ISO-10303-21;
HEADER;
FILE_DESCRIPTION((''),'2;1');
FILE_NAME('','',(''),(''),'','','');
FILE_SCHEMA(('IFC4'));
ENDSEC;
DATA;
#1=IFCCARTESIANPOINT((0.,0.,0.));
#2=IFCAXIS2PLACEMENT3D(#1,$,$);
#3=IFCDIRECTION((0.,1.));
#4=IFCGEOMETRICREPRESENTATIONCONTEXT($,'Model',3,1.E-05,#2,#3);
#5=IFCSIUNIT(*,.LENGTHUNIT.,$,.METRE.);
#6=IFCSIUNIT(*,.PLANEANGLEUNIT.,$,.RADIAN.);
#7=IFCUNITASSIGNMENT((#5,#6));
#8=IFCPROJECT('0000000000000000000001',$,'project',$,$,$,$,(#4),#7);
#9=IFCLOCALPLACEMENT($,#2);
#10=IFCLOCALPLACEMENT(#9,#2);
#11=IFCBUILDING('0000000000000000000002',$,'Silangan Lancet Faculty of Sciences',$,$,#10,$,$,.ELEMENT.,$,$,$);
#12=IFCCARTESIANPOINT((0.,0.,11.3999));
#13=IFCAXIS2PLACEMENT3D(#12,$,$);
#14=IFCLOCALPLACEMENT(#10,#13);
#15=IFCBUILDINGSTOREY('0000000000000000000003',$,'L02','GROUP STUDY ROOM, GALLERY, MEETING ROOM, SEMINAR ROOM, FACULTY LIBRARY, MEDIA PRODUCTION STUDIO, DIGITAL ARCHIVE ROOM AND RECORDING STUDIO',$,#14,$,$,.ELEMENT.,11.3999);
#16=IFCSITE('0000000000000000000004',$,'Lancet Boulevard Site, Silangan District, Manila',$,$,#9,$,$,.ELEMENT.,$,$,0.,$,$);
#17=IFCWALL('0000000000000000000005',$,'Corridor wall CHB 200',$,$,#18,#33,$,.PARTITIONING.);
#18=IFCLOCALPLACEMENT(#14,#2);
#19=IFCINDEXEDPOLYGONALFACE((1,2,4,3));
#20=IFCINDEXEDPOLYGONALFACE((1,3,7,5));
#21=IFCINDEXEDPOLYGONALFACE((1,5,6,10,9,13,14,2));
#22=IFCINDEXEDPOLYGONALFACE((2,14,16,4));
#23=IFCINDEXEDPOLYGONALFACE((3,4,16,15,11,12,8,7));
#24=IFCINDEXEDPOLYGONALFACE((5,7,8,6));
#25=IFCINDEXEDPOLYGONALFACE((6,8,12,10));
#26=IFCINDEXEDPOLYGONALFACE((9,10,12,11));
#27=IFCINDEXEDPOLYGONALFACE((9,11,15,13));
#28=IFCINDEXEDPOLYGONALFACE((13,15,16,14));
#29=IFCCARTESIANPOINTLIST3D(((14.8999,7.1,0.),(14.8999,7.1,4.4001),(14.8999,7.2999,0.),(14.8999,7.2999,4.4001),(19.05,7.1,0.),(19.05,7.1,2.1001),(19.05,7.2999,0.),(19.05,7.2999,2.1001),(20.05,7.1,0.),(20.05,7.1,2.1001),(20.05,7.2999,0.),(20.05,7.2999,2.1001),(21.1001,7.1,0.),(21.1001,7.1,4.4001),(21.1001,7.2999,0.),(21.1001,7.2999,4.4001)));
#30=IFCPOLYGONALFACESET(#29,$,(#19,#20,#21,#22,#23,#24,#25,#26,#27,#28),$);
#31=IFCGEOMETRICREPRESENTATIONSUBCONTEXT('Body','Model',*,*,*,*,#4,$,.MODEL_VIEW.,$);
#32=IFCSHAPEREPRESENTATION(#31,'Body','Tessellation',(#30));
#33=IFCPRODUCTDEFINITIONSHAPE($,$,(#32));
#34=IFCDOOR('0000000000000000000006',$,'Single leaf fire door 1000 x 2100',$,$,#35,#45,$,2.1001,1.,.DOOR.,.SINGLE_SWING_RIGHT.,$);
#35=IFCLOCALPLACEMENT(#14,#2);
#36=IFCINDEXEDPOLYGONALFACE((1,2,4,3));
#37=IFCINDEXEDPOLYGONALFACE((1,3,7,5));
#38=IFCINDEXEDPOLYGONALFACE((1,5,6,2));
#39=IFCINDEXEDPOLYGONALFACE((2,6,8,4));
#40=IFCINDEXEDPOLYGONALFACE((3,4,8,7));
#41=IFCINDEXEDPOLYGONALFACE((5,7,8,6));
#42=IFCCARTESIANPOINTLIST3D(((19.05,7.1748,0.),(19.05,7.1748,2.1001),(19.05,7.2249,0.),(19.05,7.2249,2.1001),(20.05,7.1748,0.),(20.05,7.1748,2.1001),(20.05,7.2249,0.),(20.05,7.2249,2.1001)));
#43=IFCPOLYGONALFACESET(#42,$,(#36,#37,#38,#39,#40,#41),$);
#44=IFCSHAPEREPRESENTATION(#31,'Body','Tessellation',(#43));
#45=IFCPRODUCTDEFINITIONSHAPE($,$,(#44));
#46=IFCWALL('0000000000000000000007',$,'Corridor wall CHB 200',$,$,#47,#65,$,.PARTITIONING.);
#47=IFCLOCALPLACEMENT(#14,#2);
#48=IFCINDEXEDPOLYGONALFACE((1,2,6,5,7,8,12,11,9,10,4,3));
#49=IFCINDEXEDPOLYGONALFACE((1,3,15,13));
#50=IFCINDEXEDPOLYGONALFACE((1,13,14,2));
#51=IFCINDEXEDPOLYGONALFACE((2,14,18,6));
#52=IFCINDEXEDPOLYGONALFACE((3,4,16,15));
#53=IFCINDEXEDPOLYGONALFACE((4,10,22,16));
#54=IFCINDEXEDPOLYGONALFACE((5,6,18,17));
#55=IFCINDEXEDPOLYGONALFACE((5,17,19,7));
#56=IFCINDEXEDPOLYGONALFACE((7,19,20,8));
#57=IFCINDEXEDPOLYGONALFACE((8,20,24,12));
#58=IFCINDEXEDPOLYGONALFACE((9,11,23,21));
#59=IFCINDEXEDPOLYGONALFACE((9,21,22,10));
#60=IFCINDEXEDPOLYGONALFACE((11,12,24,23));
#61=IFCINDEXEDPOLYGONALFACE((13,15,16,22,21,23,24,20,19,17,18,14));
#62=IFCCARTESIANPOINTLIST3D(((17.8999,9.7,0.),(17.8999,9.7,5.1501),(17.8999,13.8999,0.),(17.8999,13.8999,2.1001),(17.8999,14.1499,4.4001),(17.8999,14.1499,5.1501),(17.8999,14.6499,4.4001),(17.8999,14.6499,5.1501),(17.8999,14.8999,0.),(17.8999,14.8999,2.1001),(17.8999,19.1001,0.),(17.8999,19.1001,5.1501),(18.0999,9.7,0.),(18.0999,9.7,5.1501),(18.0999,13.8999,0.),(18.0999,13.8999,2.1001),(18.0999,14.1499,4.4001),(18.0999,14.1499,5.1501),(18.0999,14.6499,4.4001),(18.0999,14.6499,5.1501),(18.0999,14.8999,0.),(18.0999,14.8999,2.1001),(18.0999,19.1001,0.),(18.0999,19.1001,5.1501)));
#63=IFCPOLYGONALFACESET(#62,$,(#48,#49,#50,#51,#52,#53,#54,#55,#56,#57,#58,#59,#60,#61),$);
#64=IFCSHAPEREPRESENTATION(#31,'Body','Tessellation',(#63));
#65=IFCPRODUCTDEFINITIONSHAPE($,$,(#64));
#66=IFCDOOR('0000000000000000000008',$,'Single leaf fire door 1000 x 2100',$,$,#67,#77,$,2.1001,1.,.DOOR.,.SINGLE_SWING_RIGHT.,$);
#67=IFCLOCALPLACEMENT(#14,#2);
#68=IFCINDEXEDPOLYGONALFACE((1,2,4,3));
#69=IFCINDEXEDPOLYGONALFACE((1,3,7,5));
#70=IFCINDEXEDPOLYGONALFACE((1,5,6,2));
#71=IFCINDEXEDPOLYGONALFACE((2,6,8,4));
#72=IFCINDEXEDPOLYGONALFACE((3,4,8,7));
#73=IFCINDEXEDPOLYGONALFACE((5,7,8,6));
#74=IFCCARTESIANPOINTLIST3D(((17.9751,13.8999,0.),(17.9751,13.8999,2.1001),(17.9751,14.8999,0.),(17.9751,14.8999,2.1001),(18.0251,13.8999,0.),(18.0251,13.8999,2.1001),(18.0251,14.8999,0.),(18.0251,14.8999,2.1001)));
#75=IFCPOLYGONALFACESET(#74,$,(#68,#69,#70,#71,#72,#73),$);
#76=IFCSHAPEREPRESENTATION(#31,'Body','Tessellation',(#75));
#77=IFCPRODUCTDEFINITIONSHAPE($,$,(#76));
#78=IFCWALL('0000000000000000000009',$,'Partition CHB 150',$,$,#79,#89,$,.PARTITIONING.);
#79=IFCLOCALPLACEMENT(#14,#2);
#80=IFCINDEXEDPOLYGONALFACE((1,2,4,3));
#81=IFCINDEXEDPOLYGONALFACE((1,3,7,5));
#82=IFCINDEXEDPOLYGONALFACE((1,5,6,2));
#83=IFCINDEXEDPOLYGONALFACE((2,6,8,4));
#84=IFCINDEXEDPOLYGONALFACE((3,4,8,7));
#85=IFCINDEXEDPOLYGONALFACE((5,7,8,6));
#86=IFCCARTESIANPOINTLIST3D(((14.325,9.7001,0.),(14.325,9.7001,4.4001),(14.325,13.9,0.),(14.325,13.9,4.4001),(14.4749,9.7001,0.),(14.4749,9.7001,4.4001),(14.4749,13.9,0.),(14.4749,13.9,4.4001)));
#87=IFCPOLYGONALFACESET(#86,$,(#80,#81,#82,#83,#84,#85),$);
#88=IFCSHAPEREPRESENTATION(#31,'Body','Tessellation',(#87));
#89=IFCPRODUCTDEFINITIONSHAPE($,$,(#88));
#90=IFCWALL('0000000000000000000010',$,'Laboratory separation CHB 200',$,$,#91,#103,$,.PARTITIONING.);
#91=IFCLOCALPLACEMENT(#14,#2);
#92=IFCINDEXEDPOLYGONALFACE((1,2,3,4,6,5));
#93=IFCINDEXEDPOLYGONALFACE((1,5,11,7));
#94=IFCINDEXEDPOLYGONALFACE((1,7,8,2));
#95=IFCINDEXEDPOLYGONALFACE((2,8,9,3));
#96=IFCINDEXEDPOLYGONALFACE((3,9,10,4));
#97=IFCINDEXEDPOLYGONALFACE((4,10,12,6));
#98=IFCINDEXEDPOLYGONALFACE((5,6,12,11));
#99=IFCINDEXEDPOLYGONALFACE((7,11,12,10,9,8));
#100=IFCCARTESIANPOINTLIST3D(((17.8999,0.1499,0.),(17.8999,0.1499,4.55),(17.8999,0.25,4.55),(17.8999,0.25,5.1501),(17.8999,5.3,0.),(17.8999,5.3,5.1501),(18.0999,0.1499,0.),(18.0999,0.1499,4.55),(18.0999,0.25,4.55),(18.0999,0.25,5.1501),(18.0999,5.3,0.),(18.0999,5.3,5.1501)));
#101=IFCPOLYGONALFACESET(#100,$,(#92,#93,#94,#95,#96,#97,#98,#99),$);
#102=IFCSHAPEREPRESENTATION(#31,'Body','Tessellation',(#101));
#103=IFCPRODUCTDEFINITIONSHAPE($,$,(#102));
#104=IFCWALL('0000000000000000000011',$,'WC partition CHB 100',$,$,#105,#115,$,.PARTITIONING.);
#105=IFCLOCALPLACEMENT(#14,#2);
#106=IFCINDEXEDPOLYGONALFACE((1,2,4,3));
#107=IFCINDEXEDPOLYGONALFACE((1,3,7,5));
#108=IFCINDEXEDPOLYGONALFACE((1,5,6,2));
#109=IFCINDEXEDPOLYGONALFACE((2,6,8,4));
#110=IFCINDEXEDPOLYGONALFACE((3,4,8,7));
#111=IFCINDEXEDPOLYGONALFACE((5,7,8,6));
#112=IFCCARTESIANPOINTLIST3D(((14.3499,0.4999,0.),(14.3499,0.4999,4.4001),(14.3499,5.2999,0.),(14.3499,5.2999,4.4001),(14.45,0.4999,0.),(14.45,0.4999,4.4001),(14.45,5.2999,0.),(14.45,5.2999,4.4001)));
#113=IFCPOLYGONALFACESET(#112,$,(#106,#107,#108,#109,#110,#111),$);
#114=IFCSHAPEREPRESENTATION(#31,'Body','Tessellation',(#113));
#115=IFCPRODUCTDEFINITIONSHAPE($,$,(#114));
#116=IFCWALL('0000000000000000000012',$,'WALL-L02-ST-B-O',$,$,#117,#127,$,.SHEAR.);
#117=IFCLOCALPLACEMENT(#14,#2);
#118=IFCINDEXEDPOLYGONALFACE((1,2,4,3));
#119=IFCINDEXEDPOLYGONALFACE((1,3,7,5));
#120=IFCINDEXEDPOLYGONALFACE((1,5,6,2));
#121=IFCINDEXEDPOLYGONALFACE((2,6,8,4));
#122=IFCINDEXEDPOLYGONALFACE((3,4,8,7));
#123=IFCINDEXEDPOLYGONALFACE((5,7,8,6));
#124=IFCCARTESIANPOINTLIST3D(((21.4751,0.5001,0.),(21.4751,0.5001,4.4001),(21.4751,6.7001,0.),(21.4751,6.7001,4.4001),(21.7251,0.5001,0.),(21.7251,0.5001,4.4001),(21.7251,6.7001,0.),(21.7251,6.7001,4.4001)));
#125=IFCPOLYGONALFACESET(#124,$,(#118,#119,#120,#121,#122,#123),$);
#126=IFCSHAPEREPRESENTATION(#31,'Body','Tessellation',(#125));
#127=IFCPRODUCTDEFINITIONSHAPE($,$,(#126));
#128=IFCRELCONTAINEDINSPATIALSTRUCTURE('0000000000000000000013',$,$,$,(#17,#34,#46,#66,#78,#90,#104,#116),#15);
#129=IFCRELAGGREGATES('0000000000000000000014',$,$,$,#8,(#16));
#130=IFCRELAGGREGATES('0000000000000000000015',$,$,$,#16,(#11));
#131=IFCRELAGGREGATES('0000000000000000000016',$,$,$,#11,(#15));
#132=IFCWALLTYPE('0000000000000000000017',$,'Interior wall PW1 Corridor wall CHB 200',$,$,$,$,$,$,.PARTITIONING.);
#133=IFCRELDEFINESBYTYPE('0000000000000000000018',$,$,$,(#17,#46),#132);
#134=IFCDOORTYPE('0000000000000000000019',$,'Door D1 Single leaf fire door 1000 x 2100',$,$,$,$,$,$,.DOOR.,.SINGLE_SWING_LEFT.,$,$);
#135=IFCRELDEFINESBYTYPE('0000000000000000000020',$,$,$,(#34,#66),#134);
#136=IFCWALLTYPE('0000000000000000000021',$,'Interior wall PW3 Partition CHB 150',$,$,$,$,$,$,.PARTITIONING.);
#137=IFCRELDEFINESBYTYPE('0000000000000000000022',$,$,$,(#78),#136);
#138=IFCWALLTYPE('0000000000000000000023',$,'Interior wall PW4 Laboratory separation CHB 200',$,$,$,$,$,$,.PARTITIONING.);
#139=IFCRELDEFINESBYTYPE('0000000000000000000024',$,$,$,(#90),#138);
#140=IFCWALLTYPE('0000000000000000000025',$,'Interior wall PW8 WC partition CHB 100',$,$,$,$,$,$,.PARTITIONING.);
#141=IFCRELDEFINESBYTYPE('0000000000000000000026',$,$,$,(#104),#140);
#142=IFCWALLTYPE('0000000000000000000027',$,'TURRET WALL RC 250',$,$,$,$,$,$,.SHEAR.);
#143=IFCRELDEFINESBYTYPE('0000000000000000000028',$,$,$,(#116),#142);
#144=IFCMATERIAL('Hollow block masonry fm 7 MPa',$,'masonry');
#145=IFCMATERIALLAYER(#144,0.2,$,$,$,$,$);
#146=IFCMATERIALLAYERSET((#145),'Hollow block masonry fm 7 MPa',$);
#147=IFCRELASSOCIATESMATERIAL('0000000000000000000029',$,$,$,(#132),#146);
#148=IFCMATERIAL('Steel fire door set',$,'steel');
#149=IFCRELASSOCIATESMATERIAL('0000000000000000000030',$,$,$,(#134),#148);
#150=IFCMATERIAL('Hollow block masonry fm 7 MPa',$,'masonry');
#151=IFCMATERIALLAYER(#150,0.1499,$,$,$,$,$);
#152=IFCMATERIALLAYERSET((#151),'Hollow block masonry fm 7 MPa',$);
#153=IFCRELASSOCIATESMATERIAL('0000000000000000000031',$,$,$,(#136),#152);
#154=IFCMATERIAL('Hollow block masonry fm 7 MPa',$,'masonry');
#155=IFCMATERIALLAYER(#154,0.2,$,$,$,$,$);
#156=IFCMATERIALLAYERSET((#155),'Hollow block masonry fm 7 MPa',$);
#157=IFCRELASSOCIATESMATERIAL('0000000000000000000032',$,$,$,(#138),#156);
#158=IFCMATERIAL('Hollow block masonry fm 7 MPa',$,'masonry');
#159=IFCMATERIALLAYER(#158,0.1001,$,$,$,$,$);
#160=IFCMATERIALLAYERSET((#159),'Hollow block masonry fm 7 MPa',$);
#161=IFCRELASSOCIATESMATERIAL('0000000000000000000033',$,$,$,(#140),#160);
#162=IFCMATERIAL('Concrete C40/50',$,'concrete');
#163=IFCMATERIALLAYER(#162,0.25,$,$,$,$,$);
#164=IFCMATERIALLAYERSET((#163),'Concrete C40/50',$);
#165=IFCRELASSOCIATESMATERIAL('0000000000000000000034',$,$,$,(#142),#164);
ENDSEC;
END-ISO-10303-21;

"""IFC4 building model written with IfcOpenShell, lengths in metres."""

from ifc_helpers import new_model, si_unit, direction, frame, frame_2d, origin, place, context, subcontext, project, spatial, polyline, rectangle, outline, extrude, material, layer, layer_set, type_object, element, fill, save


model = new_model("IFC4")

# Units and contexts
model_context = context("Model", 3, precision=1e-05, world=origin(), true_north=direction((0.0, 1.0)))
body_context = subcontext(model_context, "Body", "Model", "MODEL_VIEW")
ifc_project = project(units=[si_unit("LENGTHUNIT", "METRE"), si_unit("PLANEANGLEUNIT", "RADIAN")], contexts=[model_context])

# Site, building, storey
site_placement = place(None, origin())
site = spatial("IfcSite", under=ifc_project, at=site_placement, Name="Lancet Boulevard Site, Silangan District, Manila", CompositionType="ELEMENT", RefElevation=0.0)
building_placement = place(site_placement, origin())
building = spatial("IfcBuilding", under=site, at=building_placement, Name="Silangan Lancet Faculty of Sciences", CompositionType="ELEMENT")
storey_placement = place(building_placement, frame((0.0, 0.0, 11.3999)))
storey = spatial("IfcBuildingStorey", under=building, at=storey_placement, Name="L02", Description="GROUP STUDY ROOM, GALLERY, MEETING ROOM, SEMINAR ROOM, FACULTY LIBRARY, MEDIA PRODUCTION STUDIO, DIGITAL ARCHIVE ROOM AND RECORDING STUDIO", CompositionType="ELEMENT", Elevation=11.3999)

# Walls, openings, doors
ifc_material_1 = material(Name="Hollow block masonry fm 7 MPa", Category="masonry")
ifc_layer_1 = layer(ifc_material_1, 0.2)
ifc_layer_set_1 = layer_set([ifc_layer_1], Name="Hollow block masonry fm 7 MPa")
wall_type_1 = type_object("IfcWallType", Name="Interior wall PW1 Corridor wall CHB 200", PredefinedType="PARTITIONING", material=ifc_layer_set_1)
wall_1_placement = place(storey_placement, frame((14.8999, 7.2, 0.0), z_axis=(0.0, 0.0, 1.0), x_axis=(1.0, 0.0, 0.0)))
wall_1 = element("IfcWall", 1, at=wall_1_placement, inside=storey, type_object=wall_type_1, Name="Corridor wall CHB 200", PredefinedType="PARTITIONING", context=body_context, shape_type="SweptSolid", body=[
    extrude(rectangle(XDim=6.2002, YDim=0.2, at=frame_2d((3.1001, 0.0))), origin(), (0.0, 0.0, 1.0), 4.4001),
])
opening_1_placement = place(wall_1_placement, frame((4.1501, 0.0, 0.0)))
opening_1 = element("IfcOpeningElement", 2, at=opening_1_placement, cuts=wall_1, PredefinedType="OPENING", context=body_context, shape_type="SweptSolid", body=[
    extrude(rectangle(XDim=1.0, YDim=2.1001, at=frame_2d((0.5, 1.05))), frame((0.0, 0.1099, 0.0), z_axis=(0.0, -1.0, 0.0), x_axis=(1.0, 0.0, 0.0)), (0.0, 0.0, 1.0), 0.22),
])
ifc_material_2 = material(Name="Steel fire door set", Category="steel")
door_type = type_object("IfcDoorType", Name="Door D1 Single leaf fire door 1000 x 2100", OperationType="SINGLE_SWING_LEFT", PredefinedType="DOOR", material=ifc_material_2)
door_1_placement = place(opening_1_placement, frame((1.0, 0.0, 0.0), z_axis=(0.0, 0.0, 1.0), x_axis=(-1.0, 0.0, 0.0)))
door_1 = element("IfcDoor", 3, at=door_1_placement, inside=storey, type_object=door_type, Name="Single leaf fire door 1000 x 2100", OperationType="SINGLE_SWING_RIGHT", OverallHeight=2.1001, OverallWidth=1.0, PredefinedType="DOOR", context=body_context, shape_type="SweptSolid", body=[
    extrude(rectangle(XDim=1.0, YDim=2.1001, at=frame_2d((0.5, 1.05))), frame((0.0, 0.0251, 0.0), z_axis=(0.0, -1.0, 0.0), x_axis=(1.0, 0.0, 0.0)), (0.0, 0.0, 1.0), 0.05),
])
fill(opening_1, door_1)
wall_2_placement = place(storey_placement, frame((18.0, 9.7, 0.0), z_axis=(0.0, 0.0, 1.0), x_axis=(0.0, 1.0, 0.0)))
wall_2 = element("IfcWall", 4, at=wall_2_placement, inside=storey, type_object=wall_type_1, Name="Corridor wall CHB 200", PredefinedType="PARTITIONING", context=body_context, shape_type="SweptSolid", body=[
    extrude(outline(polyline([(0.0, 0.0), (9.4001, 0.0), (9.4001, 5.1501), (4.95, 5.1501), (4.95, 4.4001), (4.45, 4.4001), (4.45, 5.1501), (0.0, 5.1501), (0.0, 0.0)])), frame((0.0, 0.1001, 0.0), z_axis=(0.0, -1.0, 0.0), x_axis=(1.0, 0.0, 0.0)), (0.0, 0.0, 1.0), 0.2),
])
opening_2_placement = place(wall_2_placement, frame((4.2, 0.0, 0.0)))
opening_2 = element("IfcOpeningElement", 5, at=opening_2_placement, cuts=wall_2, PredefinedType="OPENING", context=body_context, shape_type="SweptSolid", body=[
    extrude(rectangle(XDim=1.0, YDim=2.1001, at=frame_2d((0.5, 1.05))), frame((0.0, 0.1099, 0.0), z_axis=(0.0, -1.0, 0.0), x_axis=(1.0, 0.0, 0.0)), (0.0, 0.0, 1.0), 0.22),
])
door_2_placement = place(opening_2_placement, origin())
door_2 = element("IfcDoor", 6, at=door_2_placement, inside=storey, type_object=door_type, Name="Single leaf fire door 1000 x 2100", OperationType="SINGLE_SWING_RIGHT", OverallHeight=2.1001, OverallWidth=1.0, PredefinedType="DOOR", context=body_context, shape_type="SweptSolid", body=[
    extrude(rectangle(XDim=1.0, YDim=2.1001, at=frame_2d((0.5, 1.05))), frame((0.0, 0.0249, 0.0), z_axis=(0.0, -1.0, 0.0), x_axis=(1.0, 0.0, 0.0)), (0.0, 0.0, 1.0), 0.05),
])
fill(opening_2, door_2)

# Walls
ifc_material_3 = material(Name="Hollow block masonry fm 7 MPa", Category="masonry")
ifc_layer_2 = layer(ifc_material_3, 0.1499)
ifc_layer_set_2 = layer_set([ifc_layer_2], Name="Hollow block masonry fm 7 MPa")
wall_type_2 = type_object("IfcWallType", Name="Interior wall PW3 Partition CHB 150", PredefinedType="PARTITIONING", material=ifc_layer_set_2)
wall_3_placement = place(storey_placement, frame((14.3999, 9.7, 0.0), z_axis=(0.0, 0.0, 1.0), x_axis=(0.0, 1.0, 0.0)))
element("IfcWall", 7, at=wall_3_placement, inside=storey, type_object=wall_type_2, Name="Partition CHB 150", PredefinedType="PARTITIONING", context=body_context, shape_type="SweptSolid", body=[
    extrude(rectangle(XDim=4.2, YDim=0.1499, at=frame_2d((2.1001, 0.0))), origin(), (0.0, 0.0, 1.0), 4.4001),
])
ifc_material_4 = material(Name="Hollow block masonry fm 7 MPa", Category="masonry")
ifc_layer_3 = layer(ifc_material_4, 0.2)
ifc_layer_set_3 = layer_set([ifc_layer_3], Name="Hollow block masonry fm 7 MPa")
wall_type_3 = type_object("IfcWallType", Name="Interior wall PW4 Laboratory separation CHB 200", PredefinedType="PARTITIONING", material=ifc_layer_set_3)
wall_4_placement = place(storey_placement, frame((18.0, 0.1499, 0.0), z_axis=(0.0, 0.0, 1.0), x_axis=(0.0, 1.0, 0.0)))
element("IfcWall", 8, at=wall_4_placement, inside=storey, type_object=wall_type_3, Name="Laboratory separation CHB 200", PredefinedType="PARTITIONING", context=body_context, shape_type="SweptSolid", body=[
    extrude(outline(polyline([(0.0, 0.0), (5.1501, 0.0), (5.1501, 5.1501), (0.1001, 5.1501), (0.1001, 4.55), (0.0, 4.55), (0.0, 0.0)])), frame((0.0, 0.1001, 0.0), z_axis=(0.0, -1.0, 0.0), x_axis=(1.0, 0.0, 0.0)), (0.0, 0.0, 1.0), 0.2),
])
ifc_material_5 = material(Name="Hollow block masonry fm 7 MPa", Category="masonry")
ifc_layer_4 = layer(ifc_material_5, 0.1001)
ifc_layer_set_4 = layer_set([ifc_layer_4], Name="Hollow block masonry fm 7 MPa")
wall_type_4 = type_object("IfcWallType", Name="Interior wall PW8 WC partition CHB 100", PredefinedType="PARTITIONING", material=ifc_layer_set_4)
wall_5_placement = place(storey_placement, frame((14.3999, 0.5, 0.0), z_axis=(0.0, 0.0, 1.0), x_axis=(0.0, 1.0, 0.0)))
element("IfcWall", 9, at=wall_5_placement, inside=storey, type_object=wall_type_4, Name="WC partition CHB 100", PredefinedType="PARTITIONING", context=body_context, shape_type="SweptSolid", body=[
    extrude(rectangle(XDim=4.8, YDim=0.1001, at=frame_2d((2.3999, 0.0))), origin(), (0.0, 0.0, 1.0), 4.4001),
])
ifc_material_6 = material(Name="Concrete C40/50", Category="concrete")
ifc_layer_5 = layer(ifc_material_6, 0.25)
ifc_layer_set_5 = layer_set([ifc_layer_5], Name="Concrete C40/50")
wall_type_5 = type_object("IfcWallType", Name="TURRET WALL RC 250", PredefinedType="SHEAR", material=ifc_layer_set_5)
wall_6_placement = place(storey_placement, frame((21.6001, 0.5, 0.0), z_axis=(0.0, 0.0, 1.0), x_axis=(0.0, 1.0, 0.0)))
element("IfcWall", 10, at=wall_6_placement, inside=storey, type_object=wall_type_5, Name="WALL-L02-ST-B-O", PredefinedType="SHEAR", context=body_context, shape_type="SweptSolid", body=[
    extrude(rectangle(XDim=6.2, YDim=0.25, at=frame_2d((3.1001, 0.0))), origin(), (0.0, 0.0, 1.0), 4.4001),
])

save(model, "model.ifc")
